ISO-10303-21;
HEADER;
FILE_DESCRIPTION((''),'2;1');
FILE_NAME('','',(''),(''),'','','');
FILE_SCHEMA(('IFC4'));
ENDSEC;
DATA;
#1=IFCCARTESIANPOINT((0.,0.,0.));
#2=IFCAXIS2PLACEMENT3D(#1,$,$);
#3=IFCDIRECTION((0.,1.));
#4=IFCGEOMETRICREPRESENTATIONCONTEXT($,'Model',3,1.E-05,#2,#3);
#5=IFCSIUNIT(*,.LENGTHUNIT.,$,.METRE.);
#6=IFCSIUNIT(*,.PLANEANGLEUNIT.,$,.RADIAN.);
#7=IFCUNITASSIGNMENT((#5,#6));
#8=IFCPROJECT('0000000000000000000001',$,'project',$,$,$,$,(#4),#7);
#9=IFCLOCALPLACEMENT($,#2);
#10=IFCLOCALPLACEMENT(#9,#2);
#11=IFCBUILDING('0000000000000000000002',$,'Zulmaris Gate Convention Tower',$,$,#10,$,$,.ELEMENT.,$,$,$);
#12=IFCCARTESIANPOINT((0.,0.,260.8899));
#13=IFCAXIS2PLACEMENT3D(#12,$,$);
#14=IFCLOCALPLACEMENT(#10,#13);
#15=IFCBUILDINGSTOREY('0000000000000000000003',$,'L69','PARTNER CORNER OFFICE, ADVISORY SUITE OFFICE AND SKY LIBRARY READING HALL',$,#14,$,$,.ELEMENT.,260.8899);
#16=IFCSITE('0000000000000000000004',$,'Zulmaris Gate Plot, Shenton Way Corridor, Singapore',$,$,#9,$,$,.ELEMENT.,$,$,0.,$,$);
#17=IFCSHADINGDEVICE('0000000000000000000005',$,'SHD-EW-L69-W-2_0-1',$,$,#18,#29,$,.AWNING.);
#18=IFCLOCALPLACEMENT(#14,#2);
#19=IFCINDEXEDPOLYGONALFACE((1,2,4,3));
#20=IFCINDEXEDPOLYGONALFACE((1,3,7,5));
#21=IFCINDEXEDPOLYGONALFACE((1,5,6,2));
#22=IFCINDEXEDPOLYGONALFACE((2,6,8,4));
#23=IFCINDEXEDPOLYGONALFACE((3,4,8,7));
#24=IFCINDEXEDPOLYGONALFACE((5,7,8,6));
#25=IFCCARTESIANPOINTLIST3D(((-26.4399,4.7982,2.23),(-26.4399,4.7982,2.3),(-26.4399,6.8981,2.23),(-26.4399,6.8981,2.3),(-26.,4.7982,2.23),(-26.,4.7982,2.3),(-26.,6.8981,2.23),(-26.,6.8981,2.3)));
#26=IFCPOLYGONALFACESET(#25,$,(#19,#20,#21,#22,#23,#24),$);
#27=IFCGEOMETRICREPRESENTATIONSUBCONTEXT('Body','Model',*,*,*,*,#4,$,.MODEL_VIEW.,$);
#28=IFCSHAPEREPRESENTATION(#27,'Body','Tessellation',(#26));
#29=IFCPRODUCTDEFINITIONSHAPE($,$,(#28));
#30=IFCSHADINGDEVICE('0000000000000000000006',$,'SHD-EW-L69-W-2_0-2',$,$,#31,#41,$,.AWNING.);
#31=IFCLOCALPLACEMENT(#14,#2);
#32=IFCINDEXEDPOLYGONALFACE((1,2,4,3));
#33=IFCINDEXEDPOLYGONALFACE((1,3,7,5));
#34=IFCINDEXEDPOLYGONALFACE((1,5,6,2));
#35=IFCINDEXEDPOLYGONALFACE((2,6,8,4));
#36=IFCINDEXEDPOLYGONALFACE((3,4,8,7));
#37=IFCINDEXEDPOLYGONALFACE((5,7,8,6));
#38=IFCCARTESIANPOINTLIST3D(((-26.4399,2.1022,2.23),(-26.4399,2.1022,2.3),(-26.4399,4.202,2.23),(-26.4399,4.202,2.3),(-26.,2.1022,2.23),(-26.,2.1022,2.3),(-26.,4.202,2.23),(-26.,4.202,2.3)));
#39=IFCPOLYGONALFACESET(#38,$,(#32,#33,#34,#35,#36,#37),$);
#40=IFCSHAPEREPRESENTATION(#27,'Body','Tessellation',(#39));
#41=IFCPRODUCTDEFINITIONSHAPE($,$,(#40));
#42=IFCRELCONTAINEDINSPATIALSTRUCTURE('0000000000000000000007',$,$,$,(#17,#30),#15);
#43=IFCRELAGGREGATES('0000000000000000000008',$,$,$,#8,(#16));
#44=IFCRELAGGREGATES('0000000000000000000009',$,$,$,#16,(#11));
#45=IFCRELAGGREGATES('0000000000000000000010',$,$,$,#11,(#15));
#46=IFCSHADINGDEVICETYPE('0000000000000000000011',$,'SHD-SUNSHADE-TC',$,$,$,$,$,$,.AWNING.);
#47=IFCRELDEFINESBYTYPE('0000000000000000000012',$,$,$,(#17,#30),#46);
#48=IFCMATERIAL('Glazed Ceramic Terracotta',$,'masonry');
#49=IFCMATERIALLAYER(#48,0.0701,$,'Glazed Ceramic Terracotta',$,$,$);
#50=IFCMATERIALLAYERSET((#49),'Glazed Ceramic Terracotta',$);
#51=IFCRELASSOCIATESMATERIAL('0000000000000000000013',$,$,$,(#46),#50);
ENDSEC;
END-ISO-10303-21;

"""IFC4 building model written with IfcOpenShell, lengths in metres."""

from ifc_helpers import new_model, si_unit, direction, frame, frame_2d, origin, place, context, subcontext, project, spatial, rectangle, extrude, material, layer, layer_set, type_object, element, save


model = new_model("IFC4")

# Units and contexts
model_context = context("Model", 3, precision=1e-05, world=origin(), true_north=direction((0.0, 1.0)))
body_context = subcontext(model_context, "Body", "Model", "MODEL_VIEW")
ifc_project = project(units=[si_unit("LENGTHUNIT", "METRE"), si_unit("PLANEANGLEUNIT", "RADIAN")], contexts=[model_context])

# Site, building, storey
site_placement = place(None, origin())
site = spatial("IfcSite", under=ifc_project, at=site_placement, Name="Zulmaris Gate Plot, Shenton Way Corridor, Singapore", CompositionType="ELEMENT", RefElevation=0.0)
building_placement = place(site_placement, origin())
building = spatial("IfcBuilding", under=site, at=building_placement, Name="Zulmaris Gate Convention Tower", CompositionType="ELEMENT")
storey_placement = place(building_placement, frame((0.0, 0.0, 260.8899)))
storey = spatial("IfcBuildingStorey", under=building, at=storey_placement, Name="L69", Description="PARTNER CORNER OFFICE, ADVISORY SUITE OFFICE AND SKY LIBRARY READING HALL", CompositionType="ELEMENT", Elevation=260.8899)

# Shading devices
ifc_material_1 = material(Name="Glazed Ceramic Terracotta", Category="masonry")
ifc_layer_1 = layer(ifc_material_1, 0.0701, Name="Glazed Ceramic Terracotta")
ifc_layer_set_1 = layer_set([ifc_layer_1], Name="Glazed Ceramic Terracotta")
shading_device_type = type_object("IfcShadingDeviceType", Name="SHD-SUNSHADE-TC", PredefinedType="AWNING", material=ifc_layer_set_1)
for number, where, z_axis, x_axis, name in (
    (1, (-26.22, 6.8979, 2.23), (0.0, 0.0, 1.0), (0.0, -1.0, 0.0), "SHD-EW-L69-W-2_0-1"),
    (2, (-26.22, 4.2019, 2.23), (0.0, 0.0, 1.0), (0.0, -1.0, 0.0), "SHD-EW-L69-W-2_0-2"),
):
    element("IfcShadingDevice", number, at=place(storey_placement, frame(where, z_axis=z_axis, x_axis=x_axis)), inside=storey, type_object=shading_device_type, Name=name, PredefinedType="AWNING", context=body_context, shape_type="SweptSolid", body=[
        extrude(rectangle(XDim=2.0999, YDim=0.4399, at=frame_2d((1.0498, 0.0))), origin(), (0.0, 0.0, 1.0), 0.0701),
    ])

save(model, "model.ifc")
